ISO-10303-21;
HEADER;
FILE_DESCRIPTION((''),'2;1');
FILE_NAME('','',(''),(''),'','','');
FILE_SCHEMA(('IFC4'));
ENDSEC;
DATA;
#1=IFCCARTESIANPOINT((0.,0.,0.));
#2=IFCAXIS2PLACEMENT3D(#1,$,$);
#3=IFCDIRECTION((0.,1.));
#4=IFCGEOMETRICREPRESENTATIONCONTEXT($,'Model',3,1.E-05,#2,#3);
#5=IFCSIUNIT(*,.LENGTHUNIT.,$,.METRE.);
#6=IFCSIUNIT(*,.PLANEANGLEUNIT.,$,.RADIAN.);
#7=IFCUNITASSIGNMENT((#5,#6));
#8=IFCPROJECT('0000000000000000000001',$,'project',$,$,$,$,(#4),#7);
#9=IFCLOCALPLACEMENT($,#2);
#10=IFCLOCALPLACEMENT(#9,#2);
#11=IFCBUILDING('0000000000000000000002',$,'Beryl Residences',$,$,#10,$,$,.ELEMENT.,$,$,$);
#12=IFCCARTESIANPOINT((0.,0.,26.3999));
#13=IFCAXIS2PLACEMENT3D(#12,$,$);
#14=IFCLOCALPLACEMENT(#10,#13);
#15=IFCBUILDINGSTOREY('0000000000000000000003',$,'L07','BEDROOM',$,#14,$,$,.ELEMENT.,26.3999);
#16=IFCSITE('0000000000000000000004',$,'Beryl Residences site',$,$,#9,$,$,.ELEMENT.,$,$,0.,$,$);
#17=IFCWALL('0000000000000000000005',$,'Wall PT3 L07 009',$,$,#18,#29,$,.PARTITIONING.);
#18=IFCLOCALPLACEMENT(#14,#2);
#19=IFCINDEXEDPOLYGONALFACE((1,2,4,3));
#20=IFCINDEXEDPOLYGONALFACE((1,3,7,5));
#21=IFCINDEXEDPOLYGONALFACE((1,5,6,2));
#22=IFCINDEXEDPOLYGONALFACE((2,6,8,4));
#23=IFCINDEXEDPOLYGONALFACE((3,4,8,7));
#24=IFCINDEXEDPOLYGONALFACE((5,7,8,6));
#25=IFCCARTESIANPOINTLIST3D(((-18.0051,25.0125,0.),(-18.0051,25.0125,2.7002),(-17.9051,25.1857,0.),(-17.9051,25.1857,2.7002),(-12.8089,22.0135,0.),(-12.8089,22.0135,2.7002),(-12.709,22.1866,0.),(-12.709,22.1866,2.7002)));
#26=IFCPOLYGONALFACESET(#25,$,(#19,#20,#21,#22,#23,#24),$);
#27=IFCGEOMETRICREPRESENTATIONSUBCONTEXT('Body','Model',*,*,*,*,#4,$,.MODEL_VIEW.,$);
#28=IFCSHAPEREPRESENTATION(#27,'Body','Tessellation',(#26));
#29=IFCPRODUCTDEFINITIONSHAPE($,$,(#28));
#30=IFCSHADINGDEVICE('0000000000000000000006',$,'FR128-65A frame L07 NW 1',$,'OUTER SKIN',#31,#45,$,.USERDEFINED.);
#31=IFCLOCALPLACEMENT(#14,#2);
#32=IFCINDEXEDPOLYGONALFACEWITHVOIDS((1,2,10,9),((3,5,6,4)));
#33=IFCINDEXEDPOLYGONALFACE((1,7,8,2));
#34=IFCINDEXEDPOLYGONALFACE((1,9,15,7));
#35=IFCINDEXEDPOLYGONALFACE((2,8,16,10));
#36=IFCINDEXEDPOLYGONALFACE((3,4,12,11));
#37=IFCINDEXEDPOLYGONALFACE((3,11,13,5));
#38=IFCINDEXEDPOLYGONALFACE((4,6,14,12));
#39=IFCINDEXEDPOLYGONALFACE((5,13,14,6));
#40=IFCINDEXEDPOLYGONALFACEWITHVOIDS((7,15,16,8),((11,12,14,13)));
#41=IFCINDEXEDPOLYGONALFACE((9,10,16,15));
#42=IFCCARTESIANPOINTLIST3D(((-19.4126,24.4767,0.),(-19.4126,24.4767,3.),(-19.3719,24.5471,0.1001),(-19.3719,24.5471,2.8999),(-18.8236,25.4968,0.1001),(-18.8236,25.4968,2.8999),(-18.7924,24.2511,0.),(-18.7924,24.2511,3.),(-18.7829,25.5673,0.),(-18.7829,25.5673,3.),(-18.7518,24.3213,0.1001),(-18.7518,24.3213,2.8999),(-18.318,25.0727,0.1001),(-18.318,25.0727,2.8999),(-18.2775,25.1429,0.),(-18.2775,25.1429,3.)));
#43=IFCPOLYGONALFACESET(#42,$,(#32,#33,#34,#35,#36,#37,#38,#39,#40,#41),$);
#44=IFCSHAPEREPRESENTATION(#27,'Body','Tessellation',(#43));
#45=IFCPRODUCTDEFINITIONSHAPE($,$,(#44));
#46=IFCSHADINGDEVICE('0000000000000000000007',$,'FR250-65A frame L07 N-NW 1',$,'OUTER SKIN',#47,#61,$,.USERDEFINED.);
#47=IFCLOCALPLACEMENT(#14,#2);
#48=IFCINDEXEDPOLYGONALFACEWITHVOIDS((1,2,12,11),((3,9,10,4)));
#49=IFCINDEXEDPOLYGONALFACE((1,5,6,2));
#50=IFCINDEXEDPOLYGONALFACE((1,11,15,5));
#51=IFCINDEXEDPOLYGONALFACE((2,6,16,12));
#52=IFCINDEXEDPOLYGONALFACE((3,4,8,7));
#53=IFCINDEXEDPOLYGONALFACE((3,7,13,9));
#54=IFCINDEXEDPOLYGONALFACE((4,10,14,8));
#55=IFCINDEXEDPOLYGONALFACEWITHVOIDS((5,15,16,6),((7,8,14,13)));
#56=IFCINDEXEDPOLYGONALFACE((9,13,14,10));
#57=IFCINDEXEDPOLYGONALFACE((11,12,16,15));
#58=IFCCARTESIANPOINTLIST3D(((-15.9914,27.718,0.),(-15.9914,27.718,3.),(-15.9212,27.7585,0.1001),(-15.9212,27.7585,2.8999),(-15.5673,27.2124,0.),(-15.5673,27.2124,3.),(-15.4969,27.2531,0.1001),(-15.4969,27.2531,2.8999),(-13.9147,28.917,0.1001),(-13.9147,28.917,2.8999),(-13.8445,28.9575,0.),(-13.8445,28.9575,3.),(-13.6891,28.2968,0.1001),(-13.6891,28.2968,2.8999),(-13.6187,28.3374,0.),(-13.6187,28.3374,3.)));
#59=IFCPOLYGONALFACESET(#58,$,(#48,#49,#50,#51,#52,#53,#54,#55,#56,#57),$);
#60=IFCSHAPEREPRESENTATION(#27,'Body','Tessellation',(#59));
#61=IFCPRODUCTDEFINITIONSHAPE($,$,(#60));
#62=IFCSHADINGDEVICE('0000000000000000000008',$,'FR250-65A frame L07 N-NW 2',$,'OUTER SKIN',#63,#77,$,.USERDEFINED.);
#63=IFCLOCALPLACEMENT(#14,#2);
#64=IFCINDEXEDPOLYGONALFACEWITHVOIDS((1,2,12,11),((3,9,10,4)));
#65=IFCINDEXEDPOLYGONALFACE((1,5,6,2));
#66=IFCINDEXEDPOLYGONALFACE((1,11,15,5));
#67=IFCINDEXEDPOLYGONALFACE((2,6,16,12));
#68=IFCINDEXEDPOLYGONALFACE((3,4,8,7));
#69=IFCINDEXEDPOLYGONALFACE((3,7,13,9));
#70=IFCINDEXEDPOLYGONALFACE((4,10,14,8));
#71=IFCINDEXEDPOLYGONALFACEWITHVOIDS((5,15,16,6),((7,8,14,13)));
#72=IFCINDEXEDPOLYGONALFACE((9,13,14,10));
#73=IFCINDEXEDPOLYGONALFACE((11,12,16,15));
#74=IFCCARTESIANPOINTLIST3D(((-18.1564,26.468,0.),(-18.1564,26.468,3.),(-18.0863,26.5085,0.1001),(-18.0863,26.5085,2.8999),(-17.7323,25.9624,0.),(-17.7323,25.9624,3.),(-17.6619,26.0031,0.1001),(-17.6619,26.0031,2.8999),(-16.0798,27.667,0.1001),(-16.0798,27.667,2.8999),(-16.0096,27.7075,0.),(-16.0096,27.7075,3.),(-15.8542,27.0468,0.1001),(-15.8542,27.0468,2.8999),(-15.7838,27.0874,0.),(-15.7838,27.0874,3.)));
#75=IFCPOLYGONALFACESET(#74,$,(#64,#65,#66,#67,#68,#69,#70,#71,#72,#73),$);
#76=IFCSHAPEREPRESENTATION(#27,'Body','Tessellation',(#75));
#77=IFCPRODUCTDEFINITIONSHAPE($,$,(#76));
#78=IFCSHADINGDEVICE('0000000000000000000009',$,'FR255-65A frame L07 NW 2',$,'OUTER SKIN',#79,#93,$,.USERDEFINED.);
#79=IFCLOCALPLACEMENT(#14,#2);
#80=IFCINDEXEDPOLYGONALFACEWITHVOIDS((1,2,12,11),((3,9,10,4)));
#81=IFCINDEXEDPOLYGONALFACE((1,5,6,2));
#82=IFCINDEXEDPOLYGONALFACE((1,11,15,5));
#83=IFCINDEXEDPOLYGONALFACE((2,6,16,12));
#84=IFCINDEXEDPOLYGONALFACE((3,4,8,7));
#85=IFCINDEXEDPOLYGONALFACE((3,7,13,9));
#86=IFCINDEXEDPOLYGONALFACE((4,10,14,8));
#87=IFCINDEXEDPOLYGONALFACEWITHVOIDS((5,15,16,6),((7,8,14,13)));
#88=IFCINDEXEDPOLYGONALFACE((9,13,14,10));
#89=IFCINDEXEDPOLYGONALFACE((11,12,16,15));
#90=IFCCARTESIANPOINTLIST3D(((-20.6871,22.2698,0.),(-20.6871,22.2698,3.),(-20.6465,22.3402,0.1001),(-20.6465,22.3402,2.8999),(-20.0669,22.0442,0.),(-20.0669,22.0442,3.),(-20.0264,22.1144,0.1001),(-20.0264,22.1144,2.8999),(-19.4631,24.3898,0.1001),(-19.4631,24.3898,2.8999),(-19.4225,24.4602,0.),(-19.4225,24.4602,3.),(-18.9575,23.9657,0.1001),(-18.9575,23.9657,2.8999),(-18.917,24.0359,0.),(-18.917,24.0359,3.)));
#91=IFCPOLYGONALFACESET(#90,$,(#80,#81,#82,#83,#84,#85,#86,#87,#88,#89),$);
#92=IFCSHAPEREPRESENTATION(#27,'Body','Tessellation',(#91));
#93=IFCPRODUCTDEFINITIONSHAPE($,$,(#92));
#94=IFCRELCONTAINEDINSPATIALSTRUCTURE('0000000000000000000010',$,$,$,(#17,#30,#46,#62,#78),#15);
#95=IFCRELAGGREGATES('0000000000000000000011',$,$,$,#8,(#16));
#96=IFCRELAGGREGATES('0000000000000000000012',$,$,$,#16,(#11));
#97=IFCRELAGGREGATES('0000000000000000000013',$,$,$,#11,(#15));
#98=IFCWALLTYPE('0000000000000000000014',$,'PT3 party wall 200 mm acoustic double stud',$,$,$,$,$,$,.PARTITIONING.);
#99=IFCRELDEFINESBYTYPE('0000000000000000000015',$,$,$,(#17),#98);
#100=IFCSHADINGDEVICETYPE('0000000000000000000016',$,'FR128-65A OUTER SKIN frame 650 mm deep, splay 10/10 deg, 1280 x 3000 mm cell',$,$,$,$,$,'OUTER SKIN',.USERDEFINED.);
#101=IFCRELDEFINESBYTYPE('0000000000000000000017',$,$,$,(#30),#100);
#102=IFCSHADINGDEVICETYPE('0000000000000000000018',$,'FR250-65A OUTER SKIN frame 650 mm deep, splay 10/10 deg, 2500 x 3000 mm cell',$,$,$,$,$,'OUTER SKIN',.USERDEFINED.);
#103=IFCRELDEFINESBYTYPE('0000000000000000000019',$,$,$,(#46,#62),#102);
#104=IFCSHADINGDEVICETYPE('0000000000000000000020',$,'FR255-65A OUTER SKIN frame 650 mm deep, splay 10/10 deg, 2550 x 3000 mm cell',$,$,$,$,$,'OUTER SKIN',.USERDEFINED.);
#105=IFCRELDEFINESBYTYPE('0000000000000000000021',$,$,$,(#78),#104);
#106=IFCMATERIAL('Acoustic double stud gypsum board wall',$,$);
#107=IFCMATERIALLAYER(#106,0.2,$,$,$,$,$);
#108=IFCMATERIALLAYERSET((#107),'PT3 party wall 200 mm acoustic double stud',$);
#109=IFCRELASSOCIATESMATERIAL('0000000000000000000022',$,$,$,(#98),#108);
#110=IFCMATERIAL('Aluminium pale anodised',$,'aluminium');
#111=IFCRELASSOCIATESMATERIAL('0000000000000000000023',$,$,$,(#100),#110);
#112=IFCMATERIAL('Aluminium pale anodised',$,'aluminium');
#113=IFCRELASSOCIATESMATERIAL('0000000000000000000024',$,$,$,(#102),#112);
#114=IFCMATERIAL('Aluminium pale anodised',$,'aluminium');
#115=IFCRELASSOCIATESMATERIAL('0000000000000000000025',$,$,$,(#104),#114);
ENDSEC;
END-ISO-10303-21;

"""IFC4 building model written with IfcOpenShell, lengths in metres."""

from ifc_helpers import new_model, entity, si_unit, direction, frame, frame_2d, origin, place, context, subcontext, project, spatial, rectangle, extrude, source, transform, mapped, material, layer, layer_set, type_object, type_shapes, element, save


model = new_model("IFC4")

# Units and contexts
model_context = context("Model", 3, precision=1e-05, world=origin(), true_north=direction((0.0, 1.0)))
body_context = subcontext(model_context, "Body", "Model", "MODEL_VIEW")
ifc_project = project(units=[si_unit("LENGTHUNIT", "METRE"), si_unit("PLANEANGLEUNIT", "RADIAN")], contexts=[model_context])

# Site, building, storey
site_placement = place(None, origin())
site = spatial("IfcSite", under=ifc_project, at=site_placement, Name="Beryl Residences site", CompositionType="ELEMENT", RefElevation=0.0)
building_placement = place(site_placement, origin())
building = spatial("IfcBuilding", under=site, at=building_placement, Name="Beryl Residences", CompositionType="ELEMENT")
storey_placement = place(building_placement, frame((0.0, 0.0, 26.3999)))
storey = spatial("IfcBuildingStorey", under=building, at=storey_placement, Name="L07", Description="BEDROOM", CompositionType="ELEMENT", Elevation=26.3999)

# Wall
ifc_material_1 = material(Name="Acoustic double stud gypsum board wall")
ifc_layer_1 = layer(ifc_material_1, 0.2)
ifc_layer_set_1 = layer_set([ifc_layer_1], Name="PT3 party wall 200 mm acoustic double stud")
wall_type_1 = type_object("IfcWallType", Name="PT3 party wall 200 mm acoustic double stud", PredefinedType="PARTITIONING", material=ifc_layer_set_1)
wall_1_placement = place(storey_placement, frame((-17.9551, 25.0991, 0.0), z_axis=(0.0, 0.0, 1.0), x_axis=(0.866091, -0.499886, 0.0)))
element("IfcWall", 1, at=wall_1_placement, inside=storey, type_object=wall_type_1, Name="Wall PT3 L07 009", PredefinedType="PARTITIONING", context=body_context, shape_type="SweptSolid", body=[
    extrude(rectangle(XDim=5.9995, YDim=0.2, at=frame_2d((2.9998, 0.0))), origin(), (0.0, 0.0, 1.0), 2.7002),
])

# Shading devices
ifc_material_2 = material(Name="Aluminium pale anodised", Category="aluminium")
shading_device_type_1 = type_object("IfcShadingDeviceType", Name="FR128-65A OUTER SKIN frame 650 mm deep, splay 10/10 deg, 1280 x 3000 mm cell", ElementType="OUTER SKIN", PredefinedType="USERDEFINED", material=ifc_material_2)
cartesian_point_1 = entity("IfcCartesianPoint", [-0.5149, 0.0])
cartesian_point_2 = entity("IfcCartesianPoint", [-0.4338, 0.1001])
cartesian_point_3 = entity("IfcCartesianPoint", [-0.6296, 0.0])
cartesian_point_4 = entity("IfcCartesianPoint", [-0.5483, 0.1001])
shared_shape_1 = source(origin(), body_context, "Body", "SweptSolid", [
    entity("IfcExtrudedAreaSolidTapered", entity("IfcArbitraryProfileDefWithVoids", "AREA", None, entity("IfcPolyline", [cartesian_point_1, entity("IfcCartesianPoint", [0.5149, 0.0]), entity("IfcCartesianPoint", [0.5149, 3.0]), entity("IfcCartesianPoint", [-0.5149, 3.0]), cartesian_point_1]), [entity("IfcPolyline", [cartesian_point_2, entity("IfcCartesianPoint", [0.4338, 0.1001]), entity("IfcCartesianPoint", [0.4338, 2.8999]), entity("IfcCartesianPoint", [-0.4338, 2.8999]), cartesian_point_2])]), entity("IfcAxis2Placement3D", entity("IfcCartesianPoint", [0.0, 0.0, 0.0]), entity("IfcDirection", [0.0, 1.0, 0.0]), entity("IfcDirection", [-1.0, 0.0, 0.0])), entity("IfcDirection", [0.0, 0.0, 1.0]), 0.6499, entity("IfcArbitraryProfileDefWithVoids", "AREA", None, entity("IfcPolyline", [cartesian_point_3, entity("IfcCartesianPoint", [0.6296, 0.0]), entity("IfcCartesianPoint", [0.6296, 3.0]), entity("IfcCartesianPoint", [-0.6296, 3.0]), cartesian_point_3]), [entity("IfcPolyline", [cartesian_point_4, entity("IfcCartesianPoint", [0.5483, 0.1001]), entity("IfcCartesianPoint", [0.5483, 2.8999]), entity("IfcCartesianPoint", [-0.5483, 2.8999]), cartesian_point_4])])),
])
type_shapes(shading_device_type_1, [shared_shape_1])
shading_device_1_placement = place(storey_placement, frame((-18.5349, 24.697, 0.0), z_axis=(0.0, 0.0, 1.0), x_axis=(0.5, 0.866025, 0.0)))
element("IfcShadingDevice", 2, at=shading_device_1_placement, inside=storey, type_object=shading_device_type_1, Name="FR128-65A frame L07 NW 1", ObjectType="OUTER SKIN", PredefinedType="USERDEFINED", context=body_context, shape_type="MappedRepresentation", body=[
    mapped(shared_shape_1, transform((0.0, 0.0, 0.0))),
])
ifc_material_3 = material(Name="Aluminium pale anodised", Category="aluminium")
shading_device_type_2 = type_object("IfcShadingDeviceType", Name="FR250-65A OUTER SKIN frame 650 mm deep, splay 10/10 deg, 2500 x 3000 mm cell", ElementType="OUTER SKIN", PredefinedType="USERDEFINED", material=ifc_material_3)
cartesian_point_5 = entity("IfcCartesianPoint", [-1.125, 0.0])
cartesian_point_6 = entity("IfcCartesianPoint", [-1.0437, 0.1001])
cartesian_point_7 = entity("IfcCartesianPoint", [-1.2395, 0.0])
cartesian_point_8 = entity("IfcCartesianPoint", [-1.1584, 0.1001])
shared_shape_2 = source(origin(), body_context, "Body", "SweptSolid", [
    entity("IfcExtrudedAreaSolidTapered", entity("IfcArbitraryProfileDefWithVoids", "AREA", None, entity("IfcPolyline", [cartesian_point_5, entity("IfcCartesianPoint", [1.125, 0.0]), entity("IfcCartesianPoint", [1.125, 3.0]), entity("IfcCartesianPoint", [-1.125, 3.0]), cartesian_point_5]), [entity("IfcPolyline", [cartesian_point_6, entity("IfcCartesianPoint", [1.0437, 0.1001]), entity("IfcCartesianPoint", [1.0437, 2.8999]), entity("IfcCartesianPoint", [-1.0437, 2.8999]), cartesian_point_6])]), entity("IfcAxis2Placement3D", entity("IfcCartesianPoint", [0.0, 0.0, 0.0]), entity("IfcDirection", [0.0, 1.0, 0.0]), entity("IfcDirection", [-1.0, 0.0, 0.0])), entity("IfcDirection", [0.0, 0.0, 1.0]), 0.6499, entity("IfcArbitraryProfileDefWithVoids", "AREA", None, entity("IfcPolyline", [cartesian_point_7, entity("IfcCartesianPoint", [1.2395, 0.0]), entity("IfcCartesianPoint", [1.2395, 3.0]), entity("IfcCartesianPoint", [-1.2395, 3.0]), cartesian_point_7]), [entity("IfcPolyline", [cartesian_point_8, entity("IfcCartesianPoint", [1.1584, 0.1001]), entity("IfcCartesianPoint", [1.1584, 2.8999]), entity("IfcCartesianPoint", [-1.1584, 2.8999]), cartesian_point_8])])),
])
type_shapes(shading_device_type_2, [shared_shape_2])
for number, where, z_axis, x_axis, name in (
    (3, (-14.593, 27.7749, 0.0), (0.0, 0.0, 1.0), (0.866025, 0.5, 0.0), "FR250-65A frame L07 N-NW 1"),
    (4, (-16.7581, 26.5249, 0.0), (0.0, 0.0, 1.0), (0.866025, 0.5, 0.0), "FR250-65A frame L07 N-NW 2"),
):
    element("IfcShadingDevice", number, at=place(storey_placement, frame(where, z_axis=z_axis, x_axis=x_axis)), inside=storey, type_object=shading_device_type_2, Name=name, ObjectType="OUTER SKIN", PredefinedType="USERDEFINED", context=body_context, shape_type="MappedRepresentation", body=[
        mapped(shared_shape_2, transform((0.0, 0.0, 0.0))),
    ])
ifc_material_4 = material(Name="Aluminium pale anodised", Category="aluminium")
shading_device_type_3 = type_object("IfcShadingDeviceType", Name="FR255-65A OUTER SKIN frame 650 mm deep, splay 10/10 deg, 2550 x 3000 mm cell", ElementType="OUTER SKIN", PredefinedType="USERDEFINED", material=ifc_material_4)
cartesian_point_9 = entity("IfcCartesianPoint", [-1.1499, 0.0])
cartesian_point_10 = entity("IfcCartesianPoint", [-1.0688, 0.1001])
cartesian_point_11 = entity("IfcCartesianPoint", [-1.2646, 0.0])
cartesian_point_12 = entity("IfcCartesianPoint", [-1.1833, 0.1001])
shared_shape_3 = source(origin(), body_context, "Body", "SweptSolid", [
    entity("IfcExtrudedAreaSolidTapered", entity("IfcArbitraryProfileDefWithVoids", "AREA", None, entity("IfcPolyline", [cartesian_point_9, entity("IfcCartesianPoint", [1.1499, 0.0]), entity("IfcCartesianPoint", [1.1499, 3.0]), entity("IfcCartesianPoint", [-1.1499, 3.0]), cartesian_point_9]), [entity("IfcPolyline", [cartesian_point_10, entity("IfcCartesianPoint", [1.0688, 0.1001]), entity("IfcCartesianPoint", [1.0688, 2.8999]), entity("IfcCartesianPoint", [-1.0688, 2.8999]), cartesian_point_10])]), entity("IfcAxis2Placement3D", entity("IfcCartesianPoint", [0.0, 0.0, 0.0]), entity("IfcDirection", [0.0, 1.0, 0.0]), entity("IfcDirection", [-1.0, 0.0, 0.0])), entity("IfcDirection", [0.0, 0.0, 1.0]), 0.6499, entity("IfcArbitraryProfileDefWithVoids", "AREA", None, entity("IfcPolyline", [cartesian_point_11, entity("IfcCartesianPoint", [1.2646, 0.0]), entity("IfcCartesianPoint", [1.2646, 3.0]), entity("IfcCartesianPoint", [-1.2646, 3.0]), cartesian_point_11]), [entity("IfcPolyline", [cartesian_point_12, entity("IfcCartesianPoint", [1.1833, 0.1001]), entity("IfcCartesianPoint", [1.1833, 2.8999]), entity("IfcCartesianPoint", [-1.1833, 2.8999]), cartesian_point_12])])),
])
type_shapes(shading_device_type_3, [shared_shape_3])
shading_device_2_placement = place(storey_placement, frame((-19.4919, 23.04, 0.0), z_axis=(0.0, 0.0, 1.0), x_axis=(0.5, 0.866025, 0.0)))
element("IfcShadingDevice", 5, at=shading_device_2_placement, inside=storey, type_object=shading_device_type_3, Name="FR255-65A frame L07 NW 2", ObjectType="OUTER SKIN", PredefinedType="USERDEFINED", context=body_context, shape_type="MappedRepresentation", body=[
    mapped(shared_shape_3, transform((0.0, 0.0, 0.0))),
])

save(model, "model.ifc")
